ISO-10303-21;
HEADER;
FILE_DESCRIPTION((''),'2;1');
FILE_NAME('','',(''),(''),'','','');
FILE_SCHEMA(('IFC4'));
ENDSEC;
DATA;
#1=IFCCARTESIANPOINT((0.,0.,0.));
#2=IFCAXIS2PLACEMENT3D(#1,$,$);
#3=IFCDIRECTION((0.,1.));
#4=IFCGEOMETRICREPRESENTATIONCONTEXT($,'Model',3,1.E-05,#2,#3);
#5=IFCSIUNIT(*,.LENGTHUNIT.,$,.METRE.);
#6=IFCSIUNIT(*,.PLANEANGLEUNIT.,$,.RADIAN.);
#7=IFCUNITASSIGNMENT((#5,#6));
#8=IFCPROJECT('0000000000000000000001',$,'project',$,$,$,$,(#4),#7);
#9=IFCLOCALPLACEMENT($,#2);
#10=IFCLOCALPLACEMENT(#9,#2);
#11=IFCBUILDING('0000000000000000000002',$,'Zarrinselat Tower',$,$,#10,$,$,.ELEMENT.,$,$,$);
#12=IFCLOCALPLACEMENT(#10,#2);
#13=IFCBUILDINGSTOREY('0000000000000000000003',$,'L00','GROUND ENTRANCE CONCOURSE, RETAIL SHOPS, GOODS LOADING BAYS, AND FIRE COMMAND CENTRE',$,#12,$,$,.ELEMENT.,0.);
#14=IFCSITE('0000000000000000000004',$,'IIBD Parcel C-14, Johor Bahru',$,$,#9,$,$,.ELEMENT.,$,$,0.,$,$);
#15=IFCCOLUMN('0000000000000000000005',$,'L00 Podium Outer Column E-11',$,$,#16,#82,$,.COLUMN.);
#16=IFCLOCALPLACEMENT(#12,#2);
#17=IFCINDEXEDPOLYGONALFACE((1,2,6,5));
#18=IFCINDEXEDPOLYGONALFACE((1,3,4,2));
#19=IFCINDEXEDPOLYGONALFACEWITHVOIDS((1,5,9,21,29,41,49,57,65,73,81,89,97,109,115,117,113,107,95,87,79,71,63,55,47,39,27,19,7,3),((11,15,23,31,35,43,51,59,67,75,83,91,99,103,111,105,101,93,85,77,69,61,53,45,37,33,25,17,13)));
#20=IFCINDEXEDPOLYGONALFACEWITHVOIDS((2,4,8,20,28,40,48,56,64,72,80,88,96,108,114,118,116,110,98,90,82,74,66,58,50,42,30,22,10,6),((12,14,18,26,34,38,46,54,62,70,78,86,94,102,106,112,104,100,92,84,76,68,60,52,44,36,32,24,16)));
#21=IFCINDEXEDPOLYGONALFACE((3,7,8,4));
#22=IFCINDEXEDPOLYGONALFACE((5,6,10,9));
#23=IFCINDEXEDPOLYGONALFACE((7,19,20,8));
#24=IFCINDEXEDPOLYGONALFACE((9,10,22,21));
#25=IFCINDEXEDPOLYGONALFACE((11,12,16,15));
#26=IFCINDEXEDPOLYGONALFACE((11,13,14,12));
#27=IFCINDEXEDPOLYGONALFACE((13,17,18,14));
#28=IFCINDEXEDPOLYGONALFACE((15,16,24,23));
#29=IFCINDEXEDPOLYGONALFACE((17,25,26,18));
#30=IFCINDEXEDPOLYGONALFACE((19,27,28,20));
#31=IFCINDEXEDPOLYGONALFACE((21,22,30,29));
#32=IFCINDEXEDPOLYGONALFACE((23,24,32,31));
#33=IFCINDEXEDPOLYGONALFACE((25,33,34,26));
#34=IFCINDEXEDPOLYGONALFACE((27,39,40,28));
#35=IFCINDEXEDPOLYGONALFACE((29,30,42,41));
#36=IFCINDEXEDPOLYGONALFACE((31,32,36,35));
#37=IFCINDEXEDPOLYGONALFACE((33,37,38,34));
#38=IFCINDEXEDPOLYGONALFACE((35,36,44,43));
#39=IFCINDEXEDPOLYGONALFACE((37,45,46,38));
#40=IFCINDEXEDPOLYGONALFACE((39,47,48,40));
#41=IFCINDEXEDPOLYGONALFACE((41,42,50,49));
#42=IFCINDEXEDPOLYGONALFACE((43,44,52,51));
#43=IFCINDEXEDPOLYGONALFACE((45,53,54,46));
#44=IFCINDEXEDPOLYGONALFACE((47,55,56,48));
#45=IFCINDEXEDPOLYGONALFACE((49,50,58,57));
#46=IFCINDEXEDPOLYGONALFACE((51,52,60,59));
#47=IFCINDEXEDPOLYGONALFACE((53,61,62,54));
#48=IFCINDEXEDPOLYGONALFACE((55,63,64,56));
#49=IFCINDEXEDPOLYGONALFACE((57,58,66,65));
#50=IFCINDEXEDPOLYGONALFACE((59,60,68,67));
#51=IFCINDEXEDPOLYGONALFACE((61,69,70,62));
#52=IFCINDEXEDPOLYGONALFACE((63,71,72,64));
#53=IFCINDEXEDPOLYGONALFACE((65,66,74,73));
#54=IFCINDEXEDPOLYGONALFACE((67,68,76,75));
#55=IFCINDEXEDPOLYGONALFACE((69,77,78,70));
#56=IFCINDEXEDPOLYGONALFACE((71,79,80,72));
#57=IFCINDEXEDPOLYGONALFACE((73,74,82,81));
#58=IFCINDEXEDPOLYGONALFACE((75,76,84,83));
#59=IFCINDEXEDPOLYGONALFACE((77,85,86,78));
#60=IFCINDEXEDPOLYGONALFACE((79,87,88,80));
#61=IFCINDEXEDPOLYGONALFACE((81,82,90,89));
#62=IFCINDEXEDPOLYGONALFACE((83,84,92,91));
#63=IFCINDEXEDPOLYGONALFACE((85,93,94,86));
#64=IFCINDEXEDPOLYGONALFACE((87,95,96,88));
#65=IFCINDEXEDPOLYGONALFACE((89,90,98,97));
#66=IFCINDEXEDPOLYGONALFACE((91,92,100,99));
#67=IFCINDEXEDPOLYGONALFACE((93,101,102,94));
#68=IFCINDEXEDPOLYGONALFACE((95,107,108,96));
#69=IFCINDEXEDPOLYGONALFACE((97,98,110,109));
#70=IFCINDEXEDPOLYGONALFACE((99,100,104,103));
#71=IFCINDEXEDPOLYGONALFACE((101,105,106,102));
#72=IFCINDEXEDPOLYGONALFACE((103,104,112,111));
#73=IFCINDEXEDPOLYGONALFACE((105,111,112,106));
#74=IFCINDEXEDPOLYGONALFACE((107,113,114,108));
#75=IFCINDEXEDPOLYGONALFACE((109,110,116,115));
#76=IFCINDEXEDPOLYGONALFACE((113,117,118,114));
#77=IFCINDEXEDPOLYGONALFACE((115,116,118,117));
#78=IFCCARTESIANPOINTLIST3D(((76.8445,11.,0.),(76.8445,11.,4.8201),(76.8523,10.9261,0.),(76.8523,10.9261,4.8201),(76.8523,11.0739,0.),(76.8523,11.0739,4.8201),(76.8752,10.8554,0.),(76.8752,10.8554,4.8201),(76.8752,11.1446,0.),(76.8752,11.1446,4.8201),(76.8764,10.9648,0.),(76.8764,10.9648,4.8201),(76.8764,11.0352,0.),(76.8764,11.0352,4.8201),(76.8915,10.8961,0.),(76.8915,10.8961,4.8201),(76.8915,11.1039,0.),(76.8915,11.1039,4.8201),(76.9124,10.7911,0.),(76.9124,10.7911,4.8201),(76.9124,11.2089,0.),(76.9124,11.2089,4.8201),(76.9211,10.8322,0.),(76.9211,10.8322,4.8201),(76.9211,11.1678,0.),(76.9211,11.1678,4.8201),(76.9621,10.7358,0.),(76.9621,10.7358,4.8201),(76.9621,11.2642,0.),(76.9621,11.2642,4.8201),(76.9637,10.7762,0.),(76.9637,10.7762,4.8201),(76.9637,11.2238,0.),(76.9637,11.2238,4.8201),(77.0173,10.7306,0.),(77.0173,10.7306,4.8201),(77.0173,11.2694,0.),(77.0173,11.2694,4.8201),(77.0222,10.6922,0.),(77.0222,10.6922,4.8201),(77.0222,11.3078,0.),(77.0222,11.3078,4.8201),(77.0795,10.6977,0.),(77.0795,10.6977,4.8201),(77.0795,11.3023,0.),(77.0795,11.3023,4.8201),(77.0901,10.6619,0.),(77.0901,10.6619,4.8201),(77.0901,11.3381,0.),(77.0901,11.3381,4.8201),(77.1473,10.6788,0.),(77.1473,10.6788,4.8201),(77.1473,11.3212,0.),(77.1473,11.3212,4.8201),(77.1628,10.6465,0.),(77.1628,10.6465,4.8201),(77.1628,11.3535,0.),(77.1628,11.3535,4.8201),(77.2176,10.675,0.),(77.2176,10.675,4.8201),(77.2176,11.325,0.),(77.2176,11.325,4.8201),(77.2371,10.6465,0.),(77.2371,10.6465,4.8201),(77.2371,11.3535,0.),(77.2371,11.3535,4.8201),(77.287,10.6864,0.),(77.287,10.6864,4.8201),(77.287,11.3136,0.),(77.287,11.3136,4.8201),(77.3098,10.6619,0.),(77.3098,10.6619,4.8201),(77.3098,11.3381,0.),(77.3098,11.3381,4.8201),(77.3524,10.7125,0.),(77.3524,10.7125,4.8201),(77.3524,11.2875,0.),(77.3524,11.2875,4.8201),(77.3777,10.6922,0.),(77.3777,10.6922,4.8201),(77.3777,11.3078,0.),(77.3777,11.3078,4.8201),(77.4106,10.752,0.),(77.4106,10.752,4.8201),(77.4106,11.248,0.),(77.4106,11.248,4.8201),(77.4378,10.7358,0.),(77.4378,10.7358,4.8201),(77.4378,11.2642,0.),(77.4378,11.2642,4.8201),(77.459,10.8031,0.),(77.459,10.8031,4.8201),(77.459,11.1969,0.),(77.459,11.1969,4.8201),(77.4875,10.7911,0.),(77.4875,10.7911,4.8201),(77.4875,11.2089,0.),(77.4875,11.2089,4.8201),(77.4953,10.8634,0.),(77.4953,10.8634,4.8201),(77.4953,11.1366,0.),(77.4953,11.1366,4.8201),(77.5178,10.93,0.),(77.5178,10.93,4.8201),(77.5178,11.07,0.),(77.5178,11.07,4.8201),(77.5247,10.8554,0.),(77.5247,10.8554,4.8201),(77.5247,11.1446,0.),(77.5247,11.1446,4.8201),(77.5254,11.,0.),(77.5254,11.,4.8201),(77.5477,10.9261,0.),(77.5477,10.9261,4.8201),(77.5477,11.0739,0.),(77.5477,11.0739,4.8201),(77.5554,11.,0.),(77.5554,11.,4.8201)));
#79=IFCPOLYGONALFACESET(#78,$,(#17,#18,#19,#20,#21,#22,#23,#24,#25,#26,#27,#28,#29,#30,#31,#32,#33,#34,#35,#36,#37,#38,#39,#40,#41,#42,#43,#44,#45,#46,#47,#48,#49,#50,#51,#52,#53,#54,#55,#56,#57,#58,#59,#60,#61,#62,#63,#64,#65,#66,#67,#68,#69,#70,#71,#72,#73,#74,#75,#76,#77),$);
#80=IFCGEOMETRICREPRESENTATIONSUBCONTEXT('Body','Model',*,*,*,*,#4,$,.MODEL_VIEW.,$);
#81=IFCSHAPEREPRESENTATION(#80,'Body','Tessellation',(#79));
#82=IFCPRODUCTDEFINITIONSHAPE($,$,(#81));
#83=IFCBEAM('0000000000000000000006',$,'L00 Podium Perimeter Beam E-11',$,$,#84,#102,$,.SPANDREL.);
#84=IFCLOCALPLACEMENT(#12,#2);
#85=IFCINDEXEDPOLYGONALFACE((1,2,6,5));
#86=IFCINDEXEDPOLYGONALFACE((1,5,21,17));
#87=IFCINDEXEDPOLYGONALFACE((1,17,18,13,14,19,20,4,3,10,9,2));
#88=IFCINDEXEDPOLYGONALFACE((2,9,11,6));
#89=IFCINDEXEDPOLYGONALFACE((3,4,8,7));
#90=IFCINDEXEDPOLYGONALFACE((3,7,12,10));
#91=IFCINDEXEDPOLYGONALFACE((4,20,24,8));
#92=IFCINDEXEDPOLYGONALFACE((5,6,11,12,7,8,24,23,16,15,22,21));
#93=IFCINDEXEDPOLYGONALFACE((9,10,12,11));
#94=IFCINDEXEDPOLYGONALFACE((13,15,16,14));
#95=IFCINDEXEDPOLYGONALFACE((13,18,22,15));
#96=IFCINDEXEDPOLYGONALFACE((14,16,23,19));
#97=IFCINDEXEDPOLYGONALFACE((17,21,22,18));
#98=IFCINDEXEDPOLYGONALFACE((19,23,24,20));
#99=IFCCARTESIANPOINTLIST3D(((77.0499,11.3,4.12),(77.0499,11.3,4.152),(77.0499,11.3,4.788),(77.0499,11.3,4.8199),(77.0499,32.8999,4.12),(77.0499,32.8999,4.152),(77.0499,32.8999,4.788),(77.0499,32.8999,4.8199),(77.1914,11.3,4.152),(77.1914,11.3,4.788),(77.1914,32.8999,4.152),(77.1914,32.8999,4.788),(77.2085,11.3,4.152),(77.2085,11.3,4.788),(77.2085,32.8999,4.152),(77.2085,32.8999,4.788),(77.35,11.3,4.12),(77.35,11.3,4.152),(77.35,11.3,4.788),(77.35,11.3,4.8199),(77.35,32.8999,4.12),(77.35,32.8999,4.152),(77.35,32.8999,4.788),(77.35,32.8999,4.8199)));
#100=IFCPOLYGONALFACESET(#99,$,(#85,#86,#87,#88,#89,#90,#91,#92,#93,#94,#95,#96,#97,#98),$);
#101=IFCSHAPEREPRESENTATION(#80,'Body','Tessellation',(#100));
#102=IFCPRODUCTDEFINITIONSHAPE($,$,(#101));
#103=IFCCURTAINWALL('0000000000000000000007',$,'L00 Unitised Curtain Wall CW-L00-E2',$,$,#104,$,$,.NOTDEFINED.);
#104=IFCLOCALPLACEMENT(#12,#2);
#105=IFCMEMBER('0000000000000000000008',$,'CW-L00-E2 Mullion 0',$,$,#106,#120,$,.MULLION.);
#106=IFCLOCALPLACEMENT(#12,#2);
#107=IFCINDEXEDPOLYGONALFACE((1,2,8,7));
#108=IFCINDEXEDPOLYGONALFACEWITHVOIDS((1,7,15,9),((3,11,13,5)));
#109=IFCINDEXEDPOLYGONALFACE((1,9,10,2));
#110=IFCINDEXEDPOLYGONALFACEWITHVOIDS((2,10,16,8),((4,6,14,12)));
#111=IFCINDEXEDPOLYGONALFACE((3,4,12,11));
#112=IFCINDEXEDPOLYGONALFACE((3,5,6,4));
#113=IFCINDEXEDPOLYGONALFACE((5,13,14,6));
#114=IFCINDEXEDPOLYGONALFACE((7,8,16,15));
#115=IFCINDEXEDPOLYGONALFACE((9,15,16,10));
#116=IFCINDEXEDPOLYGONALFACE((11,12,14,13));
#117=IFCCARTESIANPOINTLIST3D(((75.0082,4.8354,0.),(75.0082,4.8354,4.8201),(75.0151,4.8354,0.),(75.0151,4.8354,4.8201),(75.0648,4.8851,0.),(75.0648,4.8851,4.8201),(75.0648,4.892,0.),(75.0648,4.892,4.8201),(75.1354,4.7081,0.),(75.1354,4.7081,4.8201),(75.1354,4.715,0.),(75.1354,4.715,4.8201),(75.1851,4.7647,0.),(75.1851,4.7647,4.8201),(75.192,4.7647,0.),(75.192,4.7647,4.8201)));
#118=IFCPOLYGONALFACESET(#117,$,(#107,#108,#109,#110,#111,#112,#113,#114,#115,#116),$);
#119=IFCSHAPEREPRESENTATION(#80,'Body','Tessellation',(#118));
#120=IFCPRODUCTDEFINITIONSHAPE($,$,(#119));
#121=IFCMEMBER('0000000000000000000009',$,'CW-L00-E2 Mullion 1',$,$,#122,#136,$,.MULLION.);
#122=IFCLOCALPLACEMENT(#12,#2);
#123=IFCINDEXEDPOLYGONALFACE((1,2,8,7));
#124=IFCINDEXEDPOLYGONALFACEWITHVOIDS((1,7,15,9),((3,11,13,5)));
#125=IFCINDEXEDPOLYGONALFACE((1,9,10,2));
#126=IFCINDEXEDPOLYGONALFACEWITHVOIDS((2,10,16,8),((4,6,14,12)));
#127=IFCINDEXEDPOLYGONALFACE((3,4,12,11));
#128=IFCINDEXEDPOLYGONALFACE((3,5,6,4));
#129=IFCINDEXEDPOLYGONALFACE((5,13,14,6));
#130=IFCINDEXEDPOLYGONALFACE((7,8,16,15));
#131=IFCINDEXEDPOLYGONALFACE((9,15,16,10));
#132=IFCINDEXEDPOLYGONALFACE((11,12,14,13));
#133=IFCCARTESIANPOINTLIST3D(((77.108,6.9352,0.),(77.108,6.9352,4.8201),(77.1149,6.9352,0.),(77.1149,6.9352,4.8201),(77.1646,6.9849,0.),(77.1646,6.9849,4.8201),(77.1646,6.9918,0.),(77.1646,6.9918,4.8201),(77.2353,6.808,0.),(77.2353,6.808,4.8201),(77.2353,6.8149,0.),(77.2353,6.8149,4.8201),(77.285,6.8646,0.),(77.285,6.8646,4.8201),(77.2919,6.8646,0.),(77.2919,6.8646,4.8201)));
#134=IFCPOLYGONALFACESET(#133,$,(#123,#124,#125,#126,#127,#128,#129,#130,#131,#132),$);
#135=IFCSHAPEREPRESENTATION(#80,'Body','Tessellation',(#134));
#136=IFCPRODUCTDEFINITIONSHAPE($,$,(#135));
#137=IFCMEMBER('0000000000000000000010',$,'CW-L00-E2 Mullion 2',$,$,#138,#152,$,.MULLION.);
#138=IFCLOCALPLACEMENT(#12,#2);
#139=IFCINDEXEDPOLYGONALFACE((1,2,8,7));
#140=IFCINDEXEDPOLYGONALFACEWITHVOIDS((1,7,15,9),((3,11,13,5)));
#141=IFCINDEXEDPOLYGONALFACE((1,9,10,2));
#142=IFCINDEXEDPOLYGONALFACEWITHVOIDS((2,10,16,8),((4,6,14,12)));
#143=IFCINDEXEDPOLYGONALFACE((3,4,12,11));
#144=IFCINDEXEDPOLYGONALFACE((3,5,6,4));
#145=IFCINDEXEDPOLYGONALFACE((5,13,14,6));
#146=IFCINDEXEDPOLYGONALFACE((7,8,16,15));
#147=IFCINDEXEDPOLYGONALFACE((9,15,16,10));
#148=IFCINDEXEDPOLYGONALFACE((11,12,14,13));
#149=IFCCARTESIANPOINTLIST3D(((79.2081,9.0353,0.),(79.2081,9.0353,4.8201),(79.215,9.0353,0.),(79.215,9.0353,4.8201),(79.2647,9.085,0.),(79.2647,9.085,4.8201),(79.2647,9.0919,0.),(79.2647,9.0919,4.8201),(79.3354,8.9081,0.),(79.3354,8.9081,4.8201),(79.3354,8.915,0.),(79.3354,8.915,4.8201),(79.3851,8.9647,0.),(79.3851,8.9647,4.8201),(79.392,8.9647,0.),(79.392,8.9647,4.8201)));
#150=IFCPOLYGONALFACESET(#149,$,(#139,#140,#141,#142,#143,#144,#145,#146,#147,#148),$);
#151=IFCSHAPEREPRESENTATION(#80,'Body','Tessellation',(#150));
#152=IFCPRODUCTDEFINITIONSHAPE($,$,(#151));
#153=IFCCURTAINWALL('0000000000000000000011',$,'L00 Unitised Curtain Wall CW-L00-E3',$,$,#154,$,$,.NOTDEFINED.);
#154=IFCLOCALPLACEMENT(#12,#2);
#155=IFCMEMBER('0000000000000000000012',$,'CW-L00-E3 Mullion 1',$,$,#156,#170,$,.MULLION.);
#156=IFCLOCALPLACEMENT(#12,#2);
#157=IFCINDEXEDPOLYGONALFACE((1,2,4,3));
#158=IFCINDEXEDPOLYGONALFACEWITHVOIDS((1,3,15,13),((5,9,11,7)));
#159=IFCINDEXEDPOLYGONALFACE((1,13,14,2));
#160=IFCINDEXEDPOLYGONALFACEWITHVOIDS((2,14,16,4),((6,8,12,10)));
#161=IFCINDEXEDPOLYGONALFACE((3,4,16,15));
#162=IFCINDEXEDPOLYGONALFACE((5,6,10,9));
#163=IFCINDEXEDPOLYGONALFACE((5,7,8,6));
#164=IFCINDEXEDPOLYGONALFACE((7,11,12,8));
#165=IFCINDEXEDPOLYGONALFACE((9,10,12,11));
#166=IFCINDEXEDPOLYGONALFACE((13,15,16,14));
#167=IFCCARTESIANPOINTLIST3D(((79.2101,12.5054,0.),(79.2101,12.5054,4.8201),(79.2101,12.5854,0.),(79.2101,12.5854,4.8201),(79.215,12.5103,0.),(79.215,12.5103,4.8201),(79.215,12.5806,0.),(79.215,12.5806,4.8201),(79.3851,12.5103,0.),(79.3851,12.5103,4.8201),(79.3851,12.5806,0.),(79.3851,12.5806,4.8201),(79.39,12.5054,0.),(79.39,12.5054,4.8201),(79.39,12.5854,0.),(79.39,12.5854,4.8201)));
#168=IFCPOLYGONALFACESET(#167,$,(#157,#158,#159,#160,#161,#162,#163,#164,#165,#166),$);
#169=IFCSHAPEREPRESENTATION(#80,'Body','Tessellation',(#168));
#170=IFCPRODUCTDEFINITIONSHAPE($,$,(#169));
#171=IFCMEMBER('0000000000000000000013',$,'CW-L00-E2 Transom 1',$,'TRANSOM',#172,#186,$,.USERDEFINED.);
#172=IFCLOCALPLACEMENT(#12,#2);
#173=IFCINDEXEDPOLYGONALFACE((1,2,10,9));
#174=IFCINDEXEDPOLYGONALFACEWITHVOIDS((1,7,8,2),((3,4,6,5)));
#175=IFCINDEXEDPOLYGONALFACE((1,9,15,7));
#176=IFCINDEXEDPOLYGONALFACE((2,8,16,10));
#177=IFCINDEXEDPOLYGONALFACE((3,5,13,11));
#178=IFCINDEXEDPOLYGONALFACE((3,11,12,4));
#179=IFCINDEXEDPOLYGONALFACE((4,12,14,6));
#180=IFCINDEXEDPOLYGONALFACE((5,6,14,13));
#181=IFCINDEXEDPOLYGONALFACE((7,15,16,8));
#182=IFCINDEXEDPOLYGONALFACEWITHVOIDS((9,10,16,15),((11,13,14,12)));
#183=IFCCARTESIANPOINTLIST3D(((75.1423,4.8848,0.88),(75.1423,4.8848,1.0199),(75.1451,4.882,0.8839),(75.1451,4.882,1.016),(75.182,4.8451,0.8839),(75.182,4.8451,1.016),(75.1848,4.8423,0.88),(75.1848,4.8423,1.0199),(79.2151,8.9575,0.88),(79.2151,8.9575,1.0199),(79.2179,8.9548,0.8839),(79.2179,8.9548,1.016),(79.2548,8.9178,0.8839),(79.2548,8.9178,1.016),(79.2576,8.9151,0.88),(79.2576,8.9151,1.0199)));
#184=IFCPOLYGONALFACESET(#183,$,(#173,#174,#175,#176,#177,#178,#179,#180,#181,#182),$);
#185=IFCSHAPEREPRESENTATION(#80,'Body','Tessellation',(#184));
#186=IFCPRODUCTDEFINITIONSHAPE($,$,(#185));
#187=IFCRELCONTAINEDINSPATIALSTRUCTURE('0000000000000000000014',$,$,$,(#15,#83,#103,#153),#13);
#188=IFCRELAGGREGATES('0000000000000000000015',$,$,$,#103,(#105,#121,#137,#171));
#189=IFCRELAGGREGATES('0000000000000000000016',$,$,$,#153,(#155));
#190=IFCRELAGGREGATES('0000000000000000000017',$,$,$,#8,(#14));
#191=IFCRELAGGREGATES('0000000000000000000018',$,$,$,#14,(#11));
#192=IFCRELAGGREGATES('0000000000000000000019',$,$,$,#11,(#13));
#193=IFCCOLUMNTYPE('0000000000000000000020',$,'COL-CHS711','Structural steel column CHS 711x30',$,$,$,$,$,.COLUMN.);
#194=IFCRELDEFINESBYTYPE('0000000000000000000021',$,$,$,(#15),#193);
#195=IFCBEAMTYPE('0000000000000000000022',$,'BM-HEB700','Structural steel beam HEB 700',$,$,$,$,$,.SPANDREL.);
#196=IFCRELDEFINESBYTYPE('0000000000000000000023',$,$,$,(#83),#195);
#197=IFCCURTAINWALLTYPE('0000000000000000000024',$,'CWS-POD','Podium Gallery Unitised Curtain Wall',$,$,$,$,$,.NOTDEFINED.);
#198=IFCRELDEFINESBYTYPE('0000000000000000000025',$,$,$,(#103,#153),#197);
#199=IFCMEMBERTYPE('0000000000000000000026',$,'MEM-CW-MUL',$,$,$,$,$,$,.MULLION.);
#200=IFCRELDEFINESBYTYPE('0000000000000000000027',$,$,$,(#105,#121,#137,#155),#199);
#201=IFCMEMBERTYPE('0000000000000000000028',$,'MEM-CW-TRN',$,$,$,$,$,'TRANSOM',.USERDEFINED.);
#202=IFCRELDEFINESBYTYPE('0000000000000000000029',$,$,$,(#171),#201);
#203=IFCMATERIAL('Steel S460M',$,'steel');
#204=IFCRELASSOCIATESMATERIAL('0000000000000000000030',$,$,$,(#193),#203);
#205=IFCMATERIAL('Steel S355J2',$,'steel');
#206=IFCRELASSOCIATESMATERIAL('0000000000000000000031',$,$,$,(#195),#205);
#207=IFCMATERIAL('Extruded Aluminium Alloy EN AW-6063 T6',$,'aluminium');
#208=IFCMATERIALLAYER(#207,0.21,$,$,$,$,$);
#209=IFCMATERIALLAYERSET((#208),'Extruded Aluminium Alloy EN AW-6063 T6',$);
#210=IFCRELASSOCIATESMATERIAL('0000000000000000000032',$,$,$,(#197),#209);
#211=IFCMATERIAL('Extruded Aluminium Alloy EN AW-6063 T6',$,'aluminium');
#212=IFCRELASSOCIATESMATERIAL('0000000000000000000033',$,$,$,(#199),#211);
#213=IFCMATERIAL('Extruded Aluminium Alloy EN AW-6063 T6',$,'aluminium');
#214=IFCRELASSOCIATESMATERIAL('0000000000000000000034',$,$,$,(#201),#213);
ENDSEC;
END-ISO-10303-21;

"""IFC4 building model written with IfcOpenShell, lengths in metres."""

from ifc_helpers import new_model, si_unit, direction, frame, origin, origin_2d, place, context, subcontext, project, spatial, hollow_rectangle, hollow_circle, i_section, extrude, material, layer, layer_set, material_profile, profile_set, type_object, element, aggregate, save


model = new_model("IFC4")

# Units and contexts
model_context = context("Model", 3, precision=1e-05, world=origin(), true_north=direction((0.0, 1.0)))
body_context = subcontext(model_context, "Body", "Model", "MODEL_VIEW")
ifc_project = project(units=[si_unit("LENGTHUNIT", "METRE"), si_unit("PLANEANGLEUNIT", "RADIAN")], contexts=[model_context])

# Site, building, storey
site_placement = place(None, origin())
site = spatial("IfcSite", under=ifc_project, at=site_placement, Name="IIBD Parcel C-14, Johor Bahru", CompositionType="ELEMENT", RefElevation=0.0)
building_placement = place(site_placement, origin())
building = spatial("IfcBuilding", under=site, at=building_placement, Name="Zarrinselat Tower", CompositionType="ELEMENT")
storey_placement = place(building_placement, origin())
storey = spatial("IfcBuildingStorey", under=building, at=storey_placement, Name="L00", Description="GROUND ENTRANCE CONCOURSE, RETAIL SHOPS, GOODS LOADING BAYS, AND FIRE COMMAND CENTRE", CompositionType="ELEMENT", Elevation=0.0)

# Column
ifc_material_1 = material(Name="Steel S460M", Category="steel")
ifc_material_profile_1 = material_profile(ifc_material_1, hollow_circle(Radius=0.3555, WallThickness=0.03, at=origin_2d()), Name="CHS 711x30")
ifc_profile_set_1 = profile_set([ifc_material_profile_1], Name="Steel S460M")
column_type = type_object("IfcColumnType", Name="COL-CHS711", Description="Structural steel column CHS 711x30", PredefinedType="COLUMN", material=ifc_profile_set_1)
column_placement = place(storey_placement, frame((77.2, 11.0, 0.0), z_axis=(0.0, 0.0, 1.0), x_axis=(1.0, 0.0, 0.0)))
element("IfcColumn", 1, at=column_placement, inside=storey, type_object=column_type, Name="L00 Podium Outer Column E-11", PredefinedType="COLUMN", context=body_context, shape_type="SweptSolid", body=[
    extrude(hollow_circle(Radius=0.3555, WallThickness=0.03, at=origin_2d()), origin(), (0.0, 0.0, 1.0), 4.8201),
])

# Beam
ifc_material_2 = material(Name="Steel S355J2", Category="steel")
ifc_material_profile_2 = material_profile(ifc_material_2, i_section(OverallWidth=0.3, OverallDepth=0.7, WebThickness=0.0171, FlangeThickness=0.032, at=origin_2d()), Name="HEB 700")
ifc_profile_set_2 = profile_set([ifc_material_profile_2], Name="Steel S355J2")
beam_type = type_object("IfcBeamType", Name="BM-HEB700", Description="Structural steel beam HEB 700", PredefinedType="SPANDREL", material=ifc_profile_set_2)
beam_placement = place(storey_placement, frame((77.2, 11.3, 4.47), z_axis=(0.0, 1.0, 0.0), x_axis=(-1.0, 0.0, 0.0)))
element("IfcBeam", 2, at=beam_placement, inside=storey, type_object=beam_type, Name="L00 Podium Perimeter Beam E-11", PredefinedType="SPANDREL", context=body_context, shape_type="SweptSolid", body=[
    extrude(i_section(OverallWidth=0.3, OverallDepth=0.7, WebThickness=0.0171, FlangeThickness=0.032, at=origin_2d()), origin(), (0.0, 0.0, 1.0), 21.5999),
])

# Curtain wall, members
ifc_material_3 = material(Name="Extruded Aluminium Alloy EN AW-6063 T6", Category="aluminium")
ifc_layer_1 = layer(ifc_material_3, 0.21)
ifc_layer_set_1 = layer_set([ifc_layer_1], Name="Extruded Aluminium Alloy EN AW-6063 T6")
curtain_wall_type = type_object("IfcCurtainWallType", Name="CWS-POD", Description="Podium Gallery Unitised Curtain Wall", PredefinedType="NOTDEFINED", material=ifc_layer_set_1)
curtain_wall_1_placement = place(storey_placement, origin())
curtain_wall_1 = element("IfcCurtainWall", 3, at=curtain_wall_1_placement, inside=storey, type_object=curtain_wall_type, Name="L00 Unitised Curtain Wall CW-L00-E2", PredefinedType="NOTDEFINED")
ifc_material_4 = material(Name="Extruded Aluminium Alloy EN AW-6063 T6", Category="aluminium")
ifc_material_profile_3 = material_profile(ifc_material_4, hollow_rectangle(XDim=0.0801, YDim=0.1799, WallThickness=0.0049, at=origin_2d()), Name="RHS 180x80x5")
ifc_profile_set_3 = profile_set([ifc_material_profile_3], Name="Extruded Aluminium Alloy EN AW-6063 T6")
member_type_1 = type_object("IfcMemberType", Name="MEM-CW-MUL", PredefinedType="MULLION", material=ifc_profile_set_3)
member_1_placement = place(storey_placement, frame((75.1001, 4.8, 0.0), z_axis=(0.0, 0.0, 1.0), x_axis=(0.707107, 0.707107, 0.0)))
member_1 = element("IfcMember", 4, at=member_1_placement, type_object=member_type_1, Name="CW-L00-E2 Mullion 0", PredefinedType="MULLION", context=body_context, shape_type="SweptSolid", body=[
    extrude(hollow_rectangle(XDim=0.0801, YDim=0.1799, WallThickness=0.0049, at=origin_2d()), origin(), (0.0, 0.0, 1.0), 4.8201),
])
member_2_placement = place(storey_placement, frame((77.2, 6.8999, 0.0), z_axis=(0.0, 0.0, 1.0), x_axis=(0.707107, 0.707107, 0.0)))
member_2 = element("IfcMember", 5, at=member_2_placement, type_object=member_type_1, Name="CW-L00-E2 Mullion 1", PredefinedType="MULLION", context=body_context, shape_type="SweptSolid", body=[
    extrude(hollow_rectangle(XDim=0.0801, YDim=0.1799, WallThickness=0.0049, at=origin_2d()), origin(), (0.0, 0.0, 1.0), 4.8201),
])
member_3_placement = place(storey_placement, frame((79.3, 9.0, 0.0), z_axis=(0.0, 0.0, 1.0), x_axis=(0.707107, 0.707107, 0.0)))
member_3 = element("IfcMember", 6, at=member_3_placement, type_object=member_type_1, Name="CW-L00-E2 Mullion 2", PredefinedType="MULLION", context=body_context, shape_type="SweptSolid", body=[
    extrude(hollow_rectangle(XDim=0.0801, YDim=0.1799, WallThickness=0.0049, at=origin_2d()), origin(), (0.0, 0.0, 1.0), 4.8201),
])

# Curtain wall, member
curtain_wall_2_placement = place(storey_placement, origin())
curtain_wall_2 = element("IfcCurtainWall", 7, at=curtain_wall_2_placement, inside=storey, type_object=curtain_wall_type, Name="L00 Unitised Curtain Wall CW-L00-E3", PredefinedType="NOTDEFINED")
member_4_placement = place(storey_placement, frame((79.3, 12.5454, 0.0), z_axis=(0.0, 0.0, 1.0), x_axis=(0.0, 1.0, 0.0)))
member_4 = element("IfcMember", 8, at=member_4_placement, type_object=member_type_1, Name="CW-L00-E3 Mullion 1", PredefinedType="MULLION", context=body_context, shape_type="SweptSolid", body=[
    extrude(hollow_rectangle(XDim=0.0801, YDim=0.1799, WallThickness=0.0049, at=origin_2d()), origin(), (0.0, 0.0, 1.0), 4.8201),
])

# Member
ifc_material_5 = material(Name="Extruded Aluminium Alloy EN AW-6063 T6", Category="aluminium")
ifc_material_profile_4 = material_profile(ifc_material_5, hollow_rectangle(XDim=0.0601, YDim=0.1399, WallThickness=0.0039, at=origin_2d()), Name="RHS 140x60x4")
ifc_profile_set_4 = profile_set([ifc_material_profile_4], Name="Extruded Aluminium Alloy EN AW-6063 T6")
member_type_2 = type_object("IfcMemberType", Name="MEM-CW-TRN", ElementType="TRANSOM", PredefinedType="USERDEFINED", material=ifc_profile_set_4)
member_5_placement = place(storey_placement, frame((75.1636, 4.8635, 0.95), z_axis=(0.707107, 0.707107, 0.0), x_axis=(-0.707107, 0.707107, 0.0)))
member_5 = element("IfcMember", 9, at=member_5_placement, type_object=member_type_2, Name="CW-L00-E2 Transom 1", ObjectType="TRANSOM", PredefinedType="USERDEFINED", context=body_context, shape_type="SweptSolid", body=[
    extrude(hollow_rectangle(XDim=0.0601, YDim=0.1399, WallThickness=0.0039, at=origin_2d()), origin(), (0.0, 0.0, 1.0), 5.7598),
])

aggregate(curtain_wall_1, [member_1, member_2, member_3, member_5])
aggregate(curtain_wall_2, [member_4])

save(model, "model.ifc")
